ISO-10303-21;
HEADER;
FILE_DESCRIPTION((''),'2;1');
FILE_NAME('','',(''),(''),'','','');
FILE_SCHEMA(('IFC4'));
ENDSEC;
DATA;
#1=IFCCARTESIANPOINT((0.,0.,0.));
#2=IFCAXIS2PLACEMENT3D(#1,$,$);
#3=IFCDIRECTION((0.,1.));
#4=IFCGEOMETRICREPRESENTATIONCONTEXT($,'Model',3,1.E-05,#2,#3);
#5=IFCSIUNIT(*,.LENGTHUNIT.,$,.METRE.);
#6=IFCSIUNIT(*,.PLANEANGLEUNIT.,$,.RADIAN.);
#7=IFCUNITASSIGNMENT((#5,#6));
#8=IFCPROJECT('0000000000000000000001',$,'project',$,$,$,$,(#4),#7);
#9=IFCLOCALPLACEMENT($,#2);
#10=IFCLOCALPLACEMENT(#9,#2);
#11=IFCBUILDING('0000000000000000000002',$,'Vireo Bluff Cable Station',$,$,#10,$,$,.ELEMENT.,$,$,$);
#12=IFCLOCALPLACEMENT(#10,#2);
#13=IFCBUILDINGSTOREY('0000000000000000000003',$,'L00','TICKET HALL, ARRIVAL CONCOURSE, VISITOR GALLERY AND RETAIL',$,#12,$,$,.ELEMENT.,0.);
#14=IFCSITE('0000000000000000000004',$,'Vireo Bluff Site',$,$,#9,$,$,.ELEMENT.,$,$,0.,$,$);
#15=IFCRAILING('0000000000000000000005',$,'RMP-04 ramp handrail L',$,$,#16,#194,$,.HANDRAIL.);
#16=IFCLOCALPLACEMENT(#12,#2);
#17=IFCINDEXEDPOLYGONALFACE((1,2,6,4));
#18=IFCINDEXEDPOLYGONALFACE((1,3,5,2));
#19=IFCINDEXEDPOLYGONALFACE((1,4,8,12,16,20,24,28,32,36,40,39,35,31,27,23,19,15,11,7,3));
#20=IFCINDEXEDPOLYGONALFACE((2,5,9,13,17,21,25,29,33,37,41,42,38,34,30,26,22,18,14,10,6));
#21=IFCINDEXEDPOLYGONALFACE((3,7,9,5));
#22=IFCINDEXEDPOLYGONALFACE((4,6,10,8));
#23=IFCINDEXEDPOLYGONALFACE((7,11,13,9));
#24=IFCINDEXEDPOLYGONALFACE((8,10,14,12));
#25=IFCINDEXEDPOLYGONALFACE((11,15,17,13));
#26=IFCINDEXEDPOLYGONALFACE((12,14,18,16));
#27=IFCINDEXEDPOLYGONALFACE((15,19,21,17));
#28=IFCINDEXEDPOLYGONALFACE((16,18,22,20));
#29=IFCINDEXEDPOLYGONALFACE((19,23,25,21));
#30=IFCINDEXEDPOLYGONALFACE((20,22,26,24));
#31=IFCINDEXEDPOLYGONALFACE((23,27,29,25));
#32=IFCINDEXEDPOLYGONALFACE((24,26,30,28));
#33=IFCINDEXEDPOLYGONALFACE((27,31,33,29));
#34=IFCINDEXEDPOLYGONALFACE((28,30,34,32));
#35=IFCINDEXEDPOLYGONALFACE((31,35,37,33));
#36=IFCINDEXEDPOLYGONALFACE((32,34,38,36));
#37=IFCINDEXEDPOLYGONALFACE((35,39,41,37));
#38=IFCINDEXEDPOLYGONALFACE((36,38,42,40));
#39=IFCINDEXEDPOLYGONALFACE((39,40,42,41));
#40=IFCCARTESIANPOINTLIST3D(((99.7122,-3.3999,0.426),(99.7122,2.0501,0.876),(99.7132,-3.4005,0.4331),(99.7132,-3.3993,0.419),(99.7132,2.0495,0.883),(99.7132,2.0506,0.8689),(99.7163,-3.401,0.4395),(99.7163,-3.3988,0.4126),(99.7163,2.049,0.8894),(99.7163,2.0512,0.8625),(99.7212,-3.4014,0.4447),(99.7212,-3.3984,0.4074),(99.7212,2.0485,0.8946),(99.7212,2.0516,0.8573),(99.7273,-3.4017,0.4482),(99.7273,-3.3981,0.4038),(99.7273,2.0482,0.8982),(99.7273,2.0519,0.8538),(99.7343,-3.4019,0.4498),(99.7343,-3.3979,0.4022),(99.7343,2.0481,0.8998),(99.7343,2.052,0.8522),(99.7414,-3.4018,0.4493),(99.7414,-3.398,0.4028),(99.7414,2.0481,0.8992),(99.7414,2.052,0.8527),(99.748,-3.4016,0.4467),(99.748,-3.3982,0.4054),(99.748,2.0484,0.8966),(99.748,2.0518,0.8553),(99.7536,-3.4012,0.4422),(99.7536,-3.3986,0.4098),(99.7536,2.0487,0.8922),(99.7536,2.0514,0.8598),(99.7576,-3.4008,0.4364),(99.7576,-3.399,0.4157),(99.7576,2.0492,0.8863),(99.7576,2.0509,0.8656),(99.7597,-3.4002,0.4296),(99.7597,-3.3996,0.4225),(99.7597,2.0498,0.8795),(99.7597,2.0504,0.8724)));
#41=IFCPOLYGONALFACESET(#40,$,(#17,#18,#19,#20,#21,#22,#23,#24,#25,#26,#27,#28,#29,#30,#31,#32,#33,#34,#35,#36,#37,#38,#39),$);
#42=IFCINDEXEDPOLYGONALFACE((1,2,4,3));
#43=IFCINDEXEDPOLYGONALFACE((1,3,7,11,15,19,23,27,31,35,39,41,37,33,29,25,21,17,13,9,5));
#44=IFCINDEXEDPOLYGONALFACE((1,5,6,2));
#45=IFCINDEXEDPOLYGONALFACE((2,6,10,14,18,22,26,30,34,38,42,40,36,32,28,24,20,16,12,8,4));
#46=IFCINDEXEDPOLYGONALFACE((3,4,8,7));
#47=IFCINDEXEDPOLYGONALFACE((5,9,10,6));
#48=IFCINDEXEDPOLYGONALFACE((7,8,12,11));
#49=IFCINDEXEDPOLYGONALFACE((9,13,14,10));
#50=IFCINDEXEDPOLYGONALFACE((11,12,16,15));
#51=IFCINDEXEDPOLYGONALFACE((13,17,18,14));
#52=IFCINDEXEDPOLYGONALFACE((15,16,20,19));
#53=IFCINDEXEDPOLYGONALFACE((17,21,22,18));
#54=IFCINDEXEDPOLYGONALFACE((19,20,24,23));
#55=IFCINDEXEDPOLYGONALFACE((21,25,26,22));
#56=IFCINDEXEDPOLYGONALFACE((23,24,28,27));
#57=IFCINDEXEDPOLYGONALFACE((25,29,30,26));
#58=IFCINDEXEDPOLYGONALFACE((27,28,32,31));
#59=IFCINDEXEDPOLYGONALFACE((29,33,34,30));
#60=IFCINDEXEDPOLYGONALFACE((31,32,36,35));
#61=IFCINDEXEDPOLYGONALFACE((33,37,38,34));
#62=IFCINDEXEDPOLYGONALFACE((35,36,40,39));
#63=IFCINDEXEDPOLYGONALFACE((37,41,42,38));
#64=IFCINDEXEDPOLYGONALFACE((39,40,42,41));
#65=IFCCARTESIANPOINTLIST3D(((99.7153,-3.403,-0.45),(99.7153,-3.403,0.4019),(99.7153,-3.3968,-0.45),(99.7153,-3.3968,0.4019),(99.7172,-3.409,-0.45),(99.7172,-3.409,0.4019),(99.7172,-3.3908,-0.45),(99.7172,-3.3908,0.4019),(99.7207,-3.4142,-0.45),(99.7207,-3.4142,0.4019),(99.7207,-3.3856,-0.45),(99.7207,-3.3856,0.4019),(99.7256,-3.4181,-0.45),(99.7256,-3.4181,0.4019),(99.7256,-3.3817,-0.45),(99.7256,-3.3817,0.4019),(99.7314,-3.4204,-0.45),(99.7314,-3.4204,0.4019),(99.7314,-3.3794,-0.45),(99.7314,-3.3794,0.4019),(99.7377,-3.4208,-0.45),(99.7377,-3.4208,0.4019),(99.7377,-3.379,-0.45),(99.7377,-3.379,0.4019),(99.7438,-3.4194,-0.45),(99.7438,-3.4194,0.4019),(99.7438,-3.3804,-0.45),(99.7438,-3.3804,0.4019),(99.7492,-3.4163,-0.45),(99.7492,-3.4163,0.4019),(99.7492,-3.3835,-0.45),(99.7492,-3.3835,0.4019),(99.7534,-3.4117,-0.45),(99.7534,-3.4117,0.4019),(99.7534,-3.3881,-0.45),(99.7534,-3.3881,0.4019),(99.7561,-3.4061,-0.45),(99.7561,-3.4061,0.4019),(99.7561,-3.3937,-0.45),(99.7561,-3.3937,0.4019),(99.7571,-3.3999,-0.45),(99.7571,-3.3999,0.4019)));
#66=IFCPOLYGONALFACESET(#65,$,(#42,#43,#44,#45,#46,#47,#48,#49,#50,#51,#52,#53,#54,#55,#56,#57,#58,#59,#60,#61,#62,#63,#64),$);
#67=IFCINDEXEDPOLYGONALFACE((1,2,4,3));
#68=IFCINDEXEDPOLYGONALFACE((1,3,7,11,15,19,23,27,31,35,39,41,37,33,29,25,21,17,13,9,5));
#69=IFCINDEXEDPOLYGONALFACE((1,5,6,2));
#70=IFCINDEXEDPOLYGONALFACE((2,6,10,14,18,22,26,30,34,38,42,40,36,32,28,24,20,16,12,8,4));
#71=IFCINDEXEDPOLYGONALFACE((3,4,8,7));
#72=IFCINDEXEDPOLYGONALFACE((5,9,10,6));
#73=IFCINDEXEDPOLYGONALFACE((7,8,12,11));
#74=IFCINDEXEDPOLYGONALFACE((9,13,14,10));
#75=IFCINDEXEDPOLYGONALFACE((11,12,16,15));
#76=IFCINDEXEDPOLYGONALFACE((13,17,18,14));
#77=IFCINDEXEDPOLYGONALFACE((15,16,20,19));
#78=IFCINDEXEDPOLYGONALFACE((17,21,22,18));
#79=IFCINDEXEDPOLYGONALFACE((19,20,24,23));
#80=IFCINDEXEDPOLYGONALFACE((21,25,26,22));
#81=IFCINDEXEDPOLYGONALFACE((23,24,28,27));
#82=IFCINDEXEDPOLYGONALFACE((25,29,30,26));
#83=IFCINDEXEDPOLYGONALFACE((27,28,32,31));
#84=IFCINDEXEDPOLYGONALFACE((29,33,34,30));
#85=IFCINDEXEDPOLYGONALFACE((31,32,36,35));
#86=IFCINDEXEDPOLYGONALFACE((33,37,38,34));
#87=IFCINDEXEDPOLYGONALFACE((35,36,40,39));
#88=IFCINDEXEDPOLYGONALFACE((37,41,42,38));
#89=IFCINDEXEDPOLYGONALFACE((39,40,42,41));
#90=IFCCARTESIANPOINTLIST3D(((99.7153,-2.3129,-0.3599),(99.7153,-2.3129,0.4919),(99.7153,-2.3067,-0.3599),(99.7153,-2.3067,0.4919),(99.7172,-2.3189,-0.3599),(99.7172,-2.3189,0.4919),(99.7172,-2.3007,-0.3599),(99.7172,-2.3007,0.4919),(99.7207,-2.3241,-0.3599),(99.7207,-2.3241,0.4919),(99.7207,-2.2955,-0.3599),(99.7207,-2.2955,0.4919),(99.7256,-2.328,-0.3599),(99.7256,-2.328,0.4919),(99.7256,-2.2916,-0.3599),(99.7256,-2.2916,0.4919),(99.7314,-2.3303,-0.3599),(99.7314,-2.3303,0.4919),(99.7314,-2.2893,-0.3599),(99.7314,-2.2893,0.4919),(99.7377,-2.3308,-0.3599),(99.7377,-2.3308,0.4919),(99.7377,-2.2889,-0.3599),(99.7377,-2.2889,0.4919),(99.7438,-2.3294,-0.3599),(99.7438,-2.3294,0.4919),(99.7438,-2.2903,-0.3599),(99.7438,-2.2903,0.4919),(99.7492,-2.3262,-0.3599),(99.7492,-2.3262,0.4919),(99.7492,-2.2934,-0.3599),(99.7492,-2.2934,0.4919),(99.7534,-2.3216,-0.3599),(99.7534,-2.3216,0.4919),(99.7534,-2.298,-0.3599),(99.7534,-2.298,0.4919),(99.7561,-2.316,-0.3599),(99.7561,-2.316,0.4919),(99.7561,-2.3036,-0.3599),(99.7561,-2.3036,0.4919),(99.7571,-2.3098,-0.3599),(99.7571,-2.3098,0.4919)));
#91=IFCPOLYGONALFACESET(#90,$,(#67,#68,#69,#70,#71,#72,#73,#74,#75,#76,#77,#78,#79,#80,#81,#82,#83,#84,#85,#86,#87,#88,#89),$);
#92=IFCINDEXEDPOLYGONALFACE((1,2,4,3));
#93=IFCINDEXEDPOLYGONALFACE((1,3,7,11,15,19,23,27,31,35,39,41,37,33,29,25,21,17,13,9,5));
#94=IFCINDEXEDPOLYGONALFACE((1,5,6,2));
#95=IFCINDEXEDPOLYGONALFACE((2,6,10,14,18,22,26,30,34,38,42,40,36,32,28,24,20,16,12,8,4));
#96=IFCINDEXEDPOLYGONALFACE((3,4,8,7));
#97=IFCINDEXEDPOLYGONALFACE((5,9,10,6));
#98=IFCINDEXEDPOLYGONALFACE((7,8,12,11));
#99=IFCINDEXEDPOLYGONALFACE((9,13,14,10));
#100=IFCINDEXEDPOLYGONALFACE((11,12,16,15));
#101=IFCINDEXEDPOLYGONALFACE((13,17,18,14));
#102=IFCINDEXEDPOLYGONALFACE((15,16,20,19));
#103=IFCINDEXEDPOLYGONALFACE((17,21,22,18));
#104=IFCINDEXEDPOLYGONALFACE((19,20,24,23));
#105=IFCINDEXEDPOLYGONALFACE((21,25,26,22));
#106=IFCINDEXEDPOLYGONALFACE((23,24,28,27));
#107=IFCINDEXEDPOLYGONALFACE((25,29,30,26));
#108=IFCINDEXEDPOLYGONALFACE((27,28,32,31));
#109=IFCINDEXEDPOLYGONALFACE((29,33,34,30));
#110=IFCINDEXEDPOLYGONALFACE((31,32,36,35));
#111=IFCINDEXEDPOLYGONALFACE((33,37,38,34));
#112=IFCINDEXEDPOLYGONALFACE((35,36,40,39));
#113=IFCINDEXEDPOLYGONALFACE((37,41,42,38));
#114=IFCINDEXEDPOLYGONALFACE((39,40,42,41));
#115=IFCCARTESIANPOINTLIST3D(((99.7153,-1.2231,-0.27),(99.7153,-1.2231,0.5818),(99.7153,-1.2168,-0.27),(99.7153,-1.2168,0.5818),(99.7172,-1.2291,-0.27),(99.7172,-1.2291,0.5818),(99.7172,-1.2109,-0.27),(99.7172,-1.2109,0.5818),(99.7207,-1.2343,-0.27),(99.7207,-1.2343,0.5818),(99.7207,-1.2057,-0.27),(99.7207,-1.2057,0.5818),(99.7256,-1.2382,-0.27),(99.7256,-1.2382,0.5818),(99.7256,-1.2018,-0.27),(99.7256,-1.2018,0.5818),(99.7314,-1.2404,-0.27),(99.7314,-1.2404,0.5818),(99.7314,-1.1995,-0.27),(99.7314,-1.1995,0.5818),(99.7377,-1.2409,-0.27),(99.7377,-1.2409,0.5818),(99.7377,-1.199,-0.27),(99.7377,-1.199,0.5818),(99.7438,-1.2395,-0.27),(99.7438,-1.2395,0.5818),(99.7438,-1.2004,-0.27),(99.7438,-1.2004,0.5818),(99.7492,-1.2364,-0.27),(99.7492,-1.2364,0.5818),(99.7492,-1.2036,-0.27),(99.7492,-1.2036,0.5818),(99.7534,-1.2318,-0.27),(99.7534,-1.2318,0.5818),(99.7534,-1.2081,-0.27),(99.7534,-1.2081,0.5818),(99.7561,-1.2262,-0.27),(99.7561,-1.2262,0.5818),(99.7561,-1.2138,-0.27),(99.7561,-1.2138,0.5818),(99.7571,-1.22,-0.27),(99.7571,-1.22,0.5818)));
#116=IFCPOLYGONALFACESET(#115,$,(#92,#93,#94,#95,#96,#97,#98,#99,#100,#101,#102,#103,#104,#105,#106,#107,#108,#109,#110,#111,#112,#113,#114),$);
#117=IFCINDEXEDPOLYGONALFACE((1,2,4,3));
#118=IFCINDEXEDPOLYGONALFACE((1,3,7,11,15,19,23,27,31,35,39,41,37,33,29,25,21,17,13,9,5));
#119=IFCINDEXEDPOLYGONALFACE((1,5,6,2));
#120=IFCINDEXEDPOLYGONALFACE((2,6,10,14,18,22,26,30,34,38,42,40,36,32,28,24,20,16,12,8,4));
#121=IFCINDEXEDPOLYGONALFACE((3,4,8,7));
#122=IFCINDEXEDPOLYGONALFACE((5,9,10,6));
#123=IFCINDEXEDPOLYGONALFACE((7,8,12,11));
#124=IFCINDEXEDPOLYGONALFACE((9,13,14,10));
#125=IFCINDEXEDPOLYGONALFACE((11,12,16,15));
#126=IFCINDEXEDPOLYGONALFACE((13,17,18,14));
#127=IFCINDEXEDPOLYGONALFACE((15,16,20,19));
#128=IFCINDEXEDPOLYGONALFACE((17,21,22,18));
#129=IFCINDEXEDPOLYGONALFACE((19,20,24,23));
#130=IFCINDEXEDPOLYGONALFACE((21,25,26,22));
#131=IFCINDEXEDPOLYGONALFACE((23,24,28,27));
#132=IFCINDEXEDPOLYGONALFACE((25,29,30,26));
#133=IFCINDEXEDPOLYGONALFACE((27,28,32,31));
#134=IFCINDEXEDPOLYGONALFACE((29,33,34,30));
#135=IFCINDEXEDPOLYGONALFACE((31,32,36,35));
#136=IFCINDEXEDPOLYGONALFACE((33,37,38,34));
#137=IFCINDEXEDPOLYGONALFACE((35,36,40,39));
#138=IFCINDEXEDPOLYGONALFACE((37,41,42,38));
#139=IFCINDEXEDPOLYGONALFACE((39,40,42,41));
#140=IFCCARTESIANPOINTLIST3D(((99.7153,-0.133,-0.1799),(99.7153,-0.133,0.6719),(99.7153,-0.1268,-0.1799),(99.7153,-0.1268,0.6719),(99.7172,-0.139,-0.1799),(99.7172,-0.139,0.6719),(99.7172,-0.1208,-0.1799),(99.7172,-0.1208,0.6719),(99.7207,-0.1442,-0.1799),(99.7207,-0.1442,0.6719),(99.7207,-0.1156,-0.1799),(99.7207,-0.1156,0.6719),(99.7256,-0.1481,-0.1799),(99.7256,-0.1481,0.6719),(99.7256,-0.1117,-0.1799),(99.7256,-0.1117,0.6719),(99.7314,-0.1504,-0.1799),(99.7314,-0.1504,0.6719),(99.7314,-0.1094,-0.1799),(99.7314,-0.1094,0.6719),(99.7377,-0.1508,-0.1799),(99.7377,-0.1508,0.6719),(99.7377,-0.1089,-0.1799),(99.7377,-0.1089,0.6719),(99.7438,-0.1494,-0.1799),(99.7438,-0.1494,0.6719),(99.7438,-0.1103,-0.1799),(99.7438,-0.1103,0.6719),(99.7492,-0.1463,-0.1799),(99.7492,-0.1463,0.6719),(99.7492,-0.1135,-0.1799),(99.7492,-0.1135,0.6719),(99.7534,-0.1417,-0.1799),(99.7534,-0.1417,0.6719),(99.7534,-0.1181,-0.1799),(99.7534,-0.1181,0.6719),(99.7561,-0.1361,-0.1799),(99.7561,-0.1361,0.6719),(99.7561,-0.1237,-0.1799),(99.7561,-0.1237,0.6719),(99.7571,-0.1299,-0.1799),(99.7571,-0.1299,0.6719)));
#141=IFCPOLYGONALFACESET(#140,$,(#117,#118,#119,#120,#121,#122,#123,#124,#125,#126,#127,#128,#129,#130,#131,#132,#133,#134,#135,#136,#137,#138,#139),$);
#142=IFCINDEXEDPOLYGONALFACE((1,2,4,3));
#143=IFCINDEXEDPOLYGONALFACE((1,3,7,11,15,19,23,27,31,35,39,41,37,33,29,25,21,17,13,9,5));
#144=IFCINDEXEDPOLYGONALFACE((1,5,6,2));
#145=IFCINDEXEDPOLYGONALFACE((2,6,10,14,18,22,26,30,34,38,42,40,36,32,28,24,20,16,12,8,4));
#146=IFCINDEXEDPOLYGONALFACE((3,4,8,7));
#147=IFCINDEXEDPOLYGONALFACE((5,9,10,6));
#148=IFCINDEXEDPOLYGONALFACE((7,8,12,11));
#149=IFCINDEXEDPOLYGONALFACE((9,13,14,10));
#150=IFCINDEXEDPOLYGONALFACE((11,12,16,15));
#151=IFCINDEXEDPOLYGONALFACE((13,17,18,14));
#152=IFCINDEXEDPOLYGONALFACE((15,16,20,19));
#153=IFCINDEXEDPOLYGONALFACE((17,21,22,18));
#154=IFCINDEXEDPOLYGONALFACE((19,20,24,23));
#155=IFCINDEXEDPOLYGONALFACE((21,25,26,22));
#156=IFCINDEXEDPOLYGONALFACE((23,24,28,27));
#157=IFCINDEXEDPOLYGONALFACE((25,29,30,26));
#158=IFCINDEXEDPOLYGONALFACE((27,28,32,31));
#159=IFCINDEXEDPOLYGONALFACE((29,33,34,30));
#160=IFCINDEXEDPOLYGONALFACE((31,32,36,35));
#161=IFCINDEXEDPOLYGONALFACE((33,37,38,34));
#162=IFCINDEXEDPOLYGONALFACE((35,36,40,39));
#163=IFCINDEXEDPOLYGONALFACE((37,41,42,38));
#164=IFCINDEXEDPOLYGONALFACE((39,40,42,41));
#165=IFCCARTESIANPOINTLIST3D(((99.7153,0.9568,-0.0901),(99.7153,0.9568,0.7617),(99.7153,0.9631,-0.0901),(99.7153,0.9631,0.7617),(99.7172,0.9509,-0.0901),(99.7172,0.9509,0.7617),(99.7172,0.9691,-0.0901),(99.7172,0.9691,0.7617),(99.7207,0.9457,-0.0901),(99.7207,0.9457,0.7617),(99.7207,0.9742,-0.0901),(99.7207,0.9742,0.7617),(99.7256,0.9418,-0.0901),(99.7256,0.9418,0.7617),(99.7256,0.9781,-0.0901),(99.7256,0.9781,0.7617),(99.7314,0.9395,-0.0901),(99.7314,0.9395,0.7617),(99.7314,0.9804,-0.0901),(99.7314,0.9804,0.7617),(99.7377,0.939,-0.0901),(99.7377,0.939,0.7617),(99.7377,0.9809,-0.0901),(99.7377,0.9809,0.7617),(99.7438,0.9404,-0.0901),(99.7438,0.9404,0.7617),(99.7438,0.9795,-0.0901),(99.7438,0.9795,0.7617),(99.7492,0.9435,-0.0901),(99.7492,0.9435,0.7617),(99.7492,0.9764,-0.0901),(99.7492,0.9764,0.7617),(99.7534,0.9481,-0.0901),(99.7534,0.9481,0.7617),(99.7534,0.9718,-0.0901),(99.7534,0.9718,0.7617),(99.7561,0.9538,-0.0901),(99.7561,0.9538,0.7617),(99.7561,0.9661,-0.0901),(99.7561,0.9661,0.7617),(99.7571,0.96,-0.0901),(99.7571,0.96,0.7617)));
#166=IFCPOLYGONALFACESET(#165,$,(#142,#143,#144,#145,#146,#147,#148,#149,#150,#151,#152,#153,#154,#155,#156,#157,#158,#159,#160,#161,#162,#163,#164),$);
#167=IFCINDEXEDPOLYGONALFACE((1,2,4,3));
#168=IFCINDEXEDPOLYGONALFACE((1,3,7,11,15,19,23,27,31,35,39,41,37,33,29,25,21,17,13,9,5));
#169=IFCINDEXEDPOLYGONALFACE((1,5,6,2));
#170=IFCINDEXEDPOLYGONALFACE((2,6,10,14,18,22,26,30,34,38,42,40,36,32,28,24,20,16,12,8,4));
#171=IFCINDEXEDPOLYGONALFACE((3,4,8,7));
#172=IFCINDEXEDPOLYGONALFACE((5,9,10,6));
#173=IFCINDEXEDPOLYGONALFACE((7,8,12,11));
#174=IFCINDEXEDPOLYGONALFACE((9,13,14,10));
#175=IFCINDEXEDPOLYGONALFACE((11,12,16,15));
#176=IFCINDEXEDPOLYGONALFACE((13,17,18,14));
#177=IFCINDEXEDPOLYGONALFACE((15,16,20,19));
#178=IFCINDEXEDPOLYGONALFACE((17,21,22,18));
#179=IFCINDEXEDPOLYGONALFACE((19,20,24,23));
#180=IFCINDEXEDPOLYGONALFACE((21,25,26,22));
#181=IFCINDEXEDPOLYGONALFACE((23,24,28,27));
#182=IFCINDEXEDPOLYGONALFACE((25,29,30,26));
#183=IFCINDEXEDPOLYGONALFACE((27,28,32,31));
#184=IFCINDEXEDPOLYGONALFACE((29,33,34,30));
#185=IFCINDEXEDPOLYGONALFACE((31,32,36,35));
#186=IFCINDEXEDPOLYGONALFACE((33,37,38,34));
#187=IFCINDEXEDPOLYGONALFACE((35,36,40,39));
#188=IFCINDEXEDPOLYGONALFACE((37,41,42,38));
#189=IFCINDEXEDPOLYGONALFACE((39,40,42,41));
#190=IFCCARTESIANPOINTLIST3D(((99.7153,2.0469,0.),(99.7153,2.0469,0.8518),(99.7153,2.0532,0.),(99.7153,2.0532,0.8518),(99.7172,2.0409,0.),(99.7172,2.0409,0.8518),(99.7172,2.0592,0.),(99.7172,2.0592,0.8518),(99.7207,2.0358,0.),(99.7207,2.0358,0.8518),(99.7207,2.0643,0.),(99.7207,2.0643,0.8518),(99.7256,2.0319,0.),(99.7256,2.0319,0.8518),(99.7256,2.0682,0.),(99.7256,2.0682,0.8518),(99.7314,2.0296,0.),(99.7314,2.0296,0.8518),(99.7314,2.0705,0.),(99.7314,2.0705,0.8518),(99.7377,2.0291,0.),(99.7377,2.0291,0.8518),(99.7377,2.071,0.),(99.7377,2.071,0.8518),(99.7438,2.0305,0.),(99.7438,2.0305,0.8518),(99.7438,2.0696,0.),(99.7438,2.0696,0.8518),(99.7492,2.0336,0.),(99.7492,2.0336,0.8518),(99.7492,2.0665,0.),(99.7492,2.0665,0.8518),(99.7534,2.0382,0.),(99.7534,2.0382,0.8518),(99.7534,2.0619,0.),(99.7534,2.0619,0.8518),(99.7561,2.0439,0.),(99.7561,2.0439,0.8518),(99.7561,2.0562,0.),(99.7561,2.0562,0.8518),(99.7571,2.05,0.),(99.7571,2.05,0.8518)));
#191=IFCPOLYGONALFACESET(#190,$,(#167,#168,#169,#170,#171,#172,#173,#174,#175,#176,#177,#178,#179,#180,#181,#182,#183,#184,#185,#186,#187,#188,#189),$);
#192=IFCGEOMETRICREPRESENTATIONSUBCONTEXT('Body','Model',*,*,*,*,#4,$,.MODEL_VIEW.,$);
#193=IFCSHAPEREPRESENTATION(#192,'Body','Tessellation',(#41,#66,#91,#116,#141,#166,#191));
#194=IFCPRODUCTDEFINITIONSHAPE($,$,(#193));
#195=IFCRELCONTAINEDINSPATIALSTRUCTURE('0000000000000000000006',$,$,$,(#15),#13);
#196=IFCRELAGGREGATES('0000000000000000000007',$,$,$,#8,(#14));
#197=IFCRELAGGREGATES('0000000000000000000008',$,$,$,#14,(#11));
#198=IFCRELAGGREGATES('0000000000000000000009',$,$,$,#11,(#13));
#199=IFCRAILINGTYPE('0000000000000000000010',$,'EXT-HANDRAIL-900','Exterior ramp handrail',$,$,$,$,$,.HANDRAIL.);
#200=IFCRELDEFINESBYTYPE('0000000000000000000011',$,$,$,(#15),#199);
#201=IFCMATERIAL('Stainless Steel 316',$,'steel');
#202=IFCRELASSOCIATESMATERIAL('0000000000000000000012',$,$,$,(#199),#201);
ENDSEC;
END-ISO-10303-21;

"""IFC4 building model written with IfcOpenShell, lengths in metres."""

from ifc_helpers import new_model, si_unit, direction, frame, origin, origin_2d, place, context, subcontext, project, spatial, circle, extrude, material, type_object, element, save


model = new_model("IFC4")

# Units and contexts
model_context = context("Model", 3, precision=1e-05, world=origin(), true_north=direction((0.0, 1.0)))
body_context = subcontext(model_context, "Body", "Model", "MODEL_VIEW")
ifc_project = project(units=[si_unit("LENGTHUNIT", "METRE"), si_unit("PLANEANGLEUNIT", "RADIAN")], contexts=[model_context])

# Site, building, storey
site_placement = place(None, origin())
site = spatial("IfcSite", under=ifc_project, at=site_placement, Name="Vireo Bluff Site", CompositionType="ELEMENT", RefElevation=0.0)
building_placement = place(site_placement, origin())
building = spatial("IfcBuilding", under=site, at=building_placement, Name="Vireo Bluff Cable Station", CompositionType="ELEMENT")
storey_placement = place(building_placement, origin())
storey = spatial("IfcBuildingStorey", under=building, at=storey_placement, Name="L00", Description="TICKET HALL, ARRIVAL CONCOURSE, VISITOR GALLERY AND RETAIL", CompositionType="ELEMENT", Elevation=0.0)

# Railing
ifc_material_1 = material(Name="Stainless Steel 316", Category="steel")
railing_type = type_object("IfcRailingType", Name="EXT-HANDRAIL-900", Description="Exterior ramp handrail", PredefinedType="HANDRAIL", material=ifc_material_1)
for number, where, name in (
    (1, (99.7361, -3.3999, -0.45), "RMP-04 ramp handrail L"),
):
    element("IfcRailing", number, at=place(storey_placement, frame(where)), inside=storey, type_object=railing_type, Name=name, PredefinedType="HANDRAIL", context=body_context, shape_type="SweptSolid", body=[
        extrude(circle(Radius=0.0239, at=origin_2d()), frame((0.0, 0.0, 0.876), z_axis=(0.0, 0.996609, 0.082281), x_axis=(-1.0, 0.0, 0.0)), (0.0, 0.0, 1.0), 5.4685),
        extrude(circle(Radius=0.021, at=origin_2d()), origin(), (0.0, 0.0, 1.0), 0.8518),
        extrude(circle(Radius=0.021, at=origin_2d()), frame((0.0, 1.0901, 0.0901)), (0.0, 0.0, 1.0), 0.8518),
        extrude(circle(Radius=0.021, at=origin_2d()), frame((0.0, 2.1799, 0.1799)), (0.0, 0.0, 1.0), 0.8518),
        extrude(circle(Radius=0.021, at=origin_2d()), frame((0.0, 3.27, 0.27)), (0.0, 0.0, 1.0), 0.8518),
        extrude(circle(Radius=0.021, at=origin_2d()), frame((0.0, 4.3599, 0.3599)), (0.0, 0.0, 1.0), 0.8518),
        extrude(circle(Radius=0.021, at=origin_2d()), frame((0.0, 5.45, 0.45)), (0.0, 0.0, 1.0), 0.8518),
    ])

save(model, "model.ifc")
